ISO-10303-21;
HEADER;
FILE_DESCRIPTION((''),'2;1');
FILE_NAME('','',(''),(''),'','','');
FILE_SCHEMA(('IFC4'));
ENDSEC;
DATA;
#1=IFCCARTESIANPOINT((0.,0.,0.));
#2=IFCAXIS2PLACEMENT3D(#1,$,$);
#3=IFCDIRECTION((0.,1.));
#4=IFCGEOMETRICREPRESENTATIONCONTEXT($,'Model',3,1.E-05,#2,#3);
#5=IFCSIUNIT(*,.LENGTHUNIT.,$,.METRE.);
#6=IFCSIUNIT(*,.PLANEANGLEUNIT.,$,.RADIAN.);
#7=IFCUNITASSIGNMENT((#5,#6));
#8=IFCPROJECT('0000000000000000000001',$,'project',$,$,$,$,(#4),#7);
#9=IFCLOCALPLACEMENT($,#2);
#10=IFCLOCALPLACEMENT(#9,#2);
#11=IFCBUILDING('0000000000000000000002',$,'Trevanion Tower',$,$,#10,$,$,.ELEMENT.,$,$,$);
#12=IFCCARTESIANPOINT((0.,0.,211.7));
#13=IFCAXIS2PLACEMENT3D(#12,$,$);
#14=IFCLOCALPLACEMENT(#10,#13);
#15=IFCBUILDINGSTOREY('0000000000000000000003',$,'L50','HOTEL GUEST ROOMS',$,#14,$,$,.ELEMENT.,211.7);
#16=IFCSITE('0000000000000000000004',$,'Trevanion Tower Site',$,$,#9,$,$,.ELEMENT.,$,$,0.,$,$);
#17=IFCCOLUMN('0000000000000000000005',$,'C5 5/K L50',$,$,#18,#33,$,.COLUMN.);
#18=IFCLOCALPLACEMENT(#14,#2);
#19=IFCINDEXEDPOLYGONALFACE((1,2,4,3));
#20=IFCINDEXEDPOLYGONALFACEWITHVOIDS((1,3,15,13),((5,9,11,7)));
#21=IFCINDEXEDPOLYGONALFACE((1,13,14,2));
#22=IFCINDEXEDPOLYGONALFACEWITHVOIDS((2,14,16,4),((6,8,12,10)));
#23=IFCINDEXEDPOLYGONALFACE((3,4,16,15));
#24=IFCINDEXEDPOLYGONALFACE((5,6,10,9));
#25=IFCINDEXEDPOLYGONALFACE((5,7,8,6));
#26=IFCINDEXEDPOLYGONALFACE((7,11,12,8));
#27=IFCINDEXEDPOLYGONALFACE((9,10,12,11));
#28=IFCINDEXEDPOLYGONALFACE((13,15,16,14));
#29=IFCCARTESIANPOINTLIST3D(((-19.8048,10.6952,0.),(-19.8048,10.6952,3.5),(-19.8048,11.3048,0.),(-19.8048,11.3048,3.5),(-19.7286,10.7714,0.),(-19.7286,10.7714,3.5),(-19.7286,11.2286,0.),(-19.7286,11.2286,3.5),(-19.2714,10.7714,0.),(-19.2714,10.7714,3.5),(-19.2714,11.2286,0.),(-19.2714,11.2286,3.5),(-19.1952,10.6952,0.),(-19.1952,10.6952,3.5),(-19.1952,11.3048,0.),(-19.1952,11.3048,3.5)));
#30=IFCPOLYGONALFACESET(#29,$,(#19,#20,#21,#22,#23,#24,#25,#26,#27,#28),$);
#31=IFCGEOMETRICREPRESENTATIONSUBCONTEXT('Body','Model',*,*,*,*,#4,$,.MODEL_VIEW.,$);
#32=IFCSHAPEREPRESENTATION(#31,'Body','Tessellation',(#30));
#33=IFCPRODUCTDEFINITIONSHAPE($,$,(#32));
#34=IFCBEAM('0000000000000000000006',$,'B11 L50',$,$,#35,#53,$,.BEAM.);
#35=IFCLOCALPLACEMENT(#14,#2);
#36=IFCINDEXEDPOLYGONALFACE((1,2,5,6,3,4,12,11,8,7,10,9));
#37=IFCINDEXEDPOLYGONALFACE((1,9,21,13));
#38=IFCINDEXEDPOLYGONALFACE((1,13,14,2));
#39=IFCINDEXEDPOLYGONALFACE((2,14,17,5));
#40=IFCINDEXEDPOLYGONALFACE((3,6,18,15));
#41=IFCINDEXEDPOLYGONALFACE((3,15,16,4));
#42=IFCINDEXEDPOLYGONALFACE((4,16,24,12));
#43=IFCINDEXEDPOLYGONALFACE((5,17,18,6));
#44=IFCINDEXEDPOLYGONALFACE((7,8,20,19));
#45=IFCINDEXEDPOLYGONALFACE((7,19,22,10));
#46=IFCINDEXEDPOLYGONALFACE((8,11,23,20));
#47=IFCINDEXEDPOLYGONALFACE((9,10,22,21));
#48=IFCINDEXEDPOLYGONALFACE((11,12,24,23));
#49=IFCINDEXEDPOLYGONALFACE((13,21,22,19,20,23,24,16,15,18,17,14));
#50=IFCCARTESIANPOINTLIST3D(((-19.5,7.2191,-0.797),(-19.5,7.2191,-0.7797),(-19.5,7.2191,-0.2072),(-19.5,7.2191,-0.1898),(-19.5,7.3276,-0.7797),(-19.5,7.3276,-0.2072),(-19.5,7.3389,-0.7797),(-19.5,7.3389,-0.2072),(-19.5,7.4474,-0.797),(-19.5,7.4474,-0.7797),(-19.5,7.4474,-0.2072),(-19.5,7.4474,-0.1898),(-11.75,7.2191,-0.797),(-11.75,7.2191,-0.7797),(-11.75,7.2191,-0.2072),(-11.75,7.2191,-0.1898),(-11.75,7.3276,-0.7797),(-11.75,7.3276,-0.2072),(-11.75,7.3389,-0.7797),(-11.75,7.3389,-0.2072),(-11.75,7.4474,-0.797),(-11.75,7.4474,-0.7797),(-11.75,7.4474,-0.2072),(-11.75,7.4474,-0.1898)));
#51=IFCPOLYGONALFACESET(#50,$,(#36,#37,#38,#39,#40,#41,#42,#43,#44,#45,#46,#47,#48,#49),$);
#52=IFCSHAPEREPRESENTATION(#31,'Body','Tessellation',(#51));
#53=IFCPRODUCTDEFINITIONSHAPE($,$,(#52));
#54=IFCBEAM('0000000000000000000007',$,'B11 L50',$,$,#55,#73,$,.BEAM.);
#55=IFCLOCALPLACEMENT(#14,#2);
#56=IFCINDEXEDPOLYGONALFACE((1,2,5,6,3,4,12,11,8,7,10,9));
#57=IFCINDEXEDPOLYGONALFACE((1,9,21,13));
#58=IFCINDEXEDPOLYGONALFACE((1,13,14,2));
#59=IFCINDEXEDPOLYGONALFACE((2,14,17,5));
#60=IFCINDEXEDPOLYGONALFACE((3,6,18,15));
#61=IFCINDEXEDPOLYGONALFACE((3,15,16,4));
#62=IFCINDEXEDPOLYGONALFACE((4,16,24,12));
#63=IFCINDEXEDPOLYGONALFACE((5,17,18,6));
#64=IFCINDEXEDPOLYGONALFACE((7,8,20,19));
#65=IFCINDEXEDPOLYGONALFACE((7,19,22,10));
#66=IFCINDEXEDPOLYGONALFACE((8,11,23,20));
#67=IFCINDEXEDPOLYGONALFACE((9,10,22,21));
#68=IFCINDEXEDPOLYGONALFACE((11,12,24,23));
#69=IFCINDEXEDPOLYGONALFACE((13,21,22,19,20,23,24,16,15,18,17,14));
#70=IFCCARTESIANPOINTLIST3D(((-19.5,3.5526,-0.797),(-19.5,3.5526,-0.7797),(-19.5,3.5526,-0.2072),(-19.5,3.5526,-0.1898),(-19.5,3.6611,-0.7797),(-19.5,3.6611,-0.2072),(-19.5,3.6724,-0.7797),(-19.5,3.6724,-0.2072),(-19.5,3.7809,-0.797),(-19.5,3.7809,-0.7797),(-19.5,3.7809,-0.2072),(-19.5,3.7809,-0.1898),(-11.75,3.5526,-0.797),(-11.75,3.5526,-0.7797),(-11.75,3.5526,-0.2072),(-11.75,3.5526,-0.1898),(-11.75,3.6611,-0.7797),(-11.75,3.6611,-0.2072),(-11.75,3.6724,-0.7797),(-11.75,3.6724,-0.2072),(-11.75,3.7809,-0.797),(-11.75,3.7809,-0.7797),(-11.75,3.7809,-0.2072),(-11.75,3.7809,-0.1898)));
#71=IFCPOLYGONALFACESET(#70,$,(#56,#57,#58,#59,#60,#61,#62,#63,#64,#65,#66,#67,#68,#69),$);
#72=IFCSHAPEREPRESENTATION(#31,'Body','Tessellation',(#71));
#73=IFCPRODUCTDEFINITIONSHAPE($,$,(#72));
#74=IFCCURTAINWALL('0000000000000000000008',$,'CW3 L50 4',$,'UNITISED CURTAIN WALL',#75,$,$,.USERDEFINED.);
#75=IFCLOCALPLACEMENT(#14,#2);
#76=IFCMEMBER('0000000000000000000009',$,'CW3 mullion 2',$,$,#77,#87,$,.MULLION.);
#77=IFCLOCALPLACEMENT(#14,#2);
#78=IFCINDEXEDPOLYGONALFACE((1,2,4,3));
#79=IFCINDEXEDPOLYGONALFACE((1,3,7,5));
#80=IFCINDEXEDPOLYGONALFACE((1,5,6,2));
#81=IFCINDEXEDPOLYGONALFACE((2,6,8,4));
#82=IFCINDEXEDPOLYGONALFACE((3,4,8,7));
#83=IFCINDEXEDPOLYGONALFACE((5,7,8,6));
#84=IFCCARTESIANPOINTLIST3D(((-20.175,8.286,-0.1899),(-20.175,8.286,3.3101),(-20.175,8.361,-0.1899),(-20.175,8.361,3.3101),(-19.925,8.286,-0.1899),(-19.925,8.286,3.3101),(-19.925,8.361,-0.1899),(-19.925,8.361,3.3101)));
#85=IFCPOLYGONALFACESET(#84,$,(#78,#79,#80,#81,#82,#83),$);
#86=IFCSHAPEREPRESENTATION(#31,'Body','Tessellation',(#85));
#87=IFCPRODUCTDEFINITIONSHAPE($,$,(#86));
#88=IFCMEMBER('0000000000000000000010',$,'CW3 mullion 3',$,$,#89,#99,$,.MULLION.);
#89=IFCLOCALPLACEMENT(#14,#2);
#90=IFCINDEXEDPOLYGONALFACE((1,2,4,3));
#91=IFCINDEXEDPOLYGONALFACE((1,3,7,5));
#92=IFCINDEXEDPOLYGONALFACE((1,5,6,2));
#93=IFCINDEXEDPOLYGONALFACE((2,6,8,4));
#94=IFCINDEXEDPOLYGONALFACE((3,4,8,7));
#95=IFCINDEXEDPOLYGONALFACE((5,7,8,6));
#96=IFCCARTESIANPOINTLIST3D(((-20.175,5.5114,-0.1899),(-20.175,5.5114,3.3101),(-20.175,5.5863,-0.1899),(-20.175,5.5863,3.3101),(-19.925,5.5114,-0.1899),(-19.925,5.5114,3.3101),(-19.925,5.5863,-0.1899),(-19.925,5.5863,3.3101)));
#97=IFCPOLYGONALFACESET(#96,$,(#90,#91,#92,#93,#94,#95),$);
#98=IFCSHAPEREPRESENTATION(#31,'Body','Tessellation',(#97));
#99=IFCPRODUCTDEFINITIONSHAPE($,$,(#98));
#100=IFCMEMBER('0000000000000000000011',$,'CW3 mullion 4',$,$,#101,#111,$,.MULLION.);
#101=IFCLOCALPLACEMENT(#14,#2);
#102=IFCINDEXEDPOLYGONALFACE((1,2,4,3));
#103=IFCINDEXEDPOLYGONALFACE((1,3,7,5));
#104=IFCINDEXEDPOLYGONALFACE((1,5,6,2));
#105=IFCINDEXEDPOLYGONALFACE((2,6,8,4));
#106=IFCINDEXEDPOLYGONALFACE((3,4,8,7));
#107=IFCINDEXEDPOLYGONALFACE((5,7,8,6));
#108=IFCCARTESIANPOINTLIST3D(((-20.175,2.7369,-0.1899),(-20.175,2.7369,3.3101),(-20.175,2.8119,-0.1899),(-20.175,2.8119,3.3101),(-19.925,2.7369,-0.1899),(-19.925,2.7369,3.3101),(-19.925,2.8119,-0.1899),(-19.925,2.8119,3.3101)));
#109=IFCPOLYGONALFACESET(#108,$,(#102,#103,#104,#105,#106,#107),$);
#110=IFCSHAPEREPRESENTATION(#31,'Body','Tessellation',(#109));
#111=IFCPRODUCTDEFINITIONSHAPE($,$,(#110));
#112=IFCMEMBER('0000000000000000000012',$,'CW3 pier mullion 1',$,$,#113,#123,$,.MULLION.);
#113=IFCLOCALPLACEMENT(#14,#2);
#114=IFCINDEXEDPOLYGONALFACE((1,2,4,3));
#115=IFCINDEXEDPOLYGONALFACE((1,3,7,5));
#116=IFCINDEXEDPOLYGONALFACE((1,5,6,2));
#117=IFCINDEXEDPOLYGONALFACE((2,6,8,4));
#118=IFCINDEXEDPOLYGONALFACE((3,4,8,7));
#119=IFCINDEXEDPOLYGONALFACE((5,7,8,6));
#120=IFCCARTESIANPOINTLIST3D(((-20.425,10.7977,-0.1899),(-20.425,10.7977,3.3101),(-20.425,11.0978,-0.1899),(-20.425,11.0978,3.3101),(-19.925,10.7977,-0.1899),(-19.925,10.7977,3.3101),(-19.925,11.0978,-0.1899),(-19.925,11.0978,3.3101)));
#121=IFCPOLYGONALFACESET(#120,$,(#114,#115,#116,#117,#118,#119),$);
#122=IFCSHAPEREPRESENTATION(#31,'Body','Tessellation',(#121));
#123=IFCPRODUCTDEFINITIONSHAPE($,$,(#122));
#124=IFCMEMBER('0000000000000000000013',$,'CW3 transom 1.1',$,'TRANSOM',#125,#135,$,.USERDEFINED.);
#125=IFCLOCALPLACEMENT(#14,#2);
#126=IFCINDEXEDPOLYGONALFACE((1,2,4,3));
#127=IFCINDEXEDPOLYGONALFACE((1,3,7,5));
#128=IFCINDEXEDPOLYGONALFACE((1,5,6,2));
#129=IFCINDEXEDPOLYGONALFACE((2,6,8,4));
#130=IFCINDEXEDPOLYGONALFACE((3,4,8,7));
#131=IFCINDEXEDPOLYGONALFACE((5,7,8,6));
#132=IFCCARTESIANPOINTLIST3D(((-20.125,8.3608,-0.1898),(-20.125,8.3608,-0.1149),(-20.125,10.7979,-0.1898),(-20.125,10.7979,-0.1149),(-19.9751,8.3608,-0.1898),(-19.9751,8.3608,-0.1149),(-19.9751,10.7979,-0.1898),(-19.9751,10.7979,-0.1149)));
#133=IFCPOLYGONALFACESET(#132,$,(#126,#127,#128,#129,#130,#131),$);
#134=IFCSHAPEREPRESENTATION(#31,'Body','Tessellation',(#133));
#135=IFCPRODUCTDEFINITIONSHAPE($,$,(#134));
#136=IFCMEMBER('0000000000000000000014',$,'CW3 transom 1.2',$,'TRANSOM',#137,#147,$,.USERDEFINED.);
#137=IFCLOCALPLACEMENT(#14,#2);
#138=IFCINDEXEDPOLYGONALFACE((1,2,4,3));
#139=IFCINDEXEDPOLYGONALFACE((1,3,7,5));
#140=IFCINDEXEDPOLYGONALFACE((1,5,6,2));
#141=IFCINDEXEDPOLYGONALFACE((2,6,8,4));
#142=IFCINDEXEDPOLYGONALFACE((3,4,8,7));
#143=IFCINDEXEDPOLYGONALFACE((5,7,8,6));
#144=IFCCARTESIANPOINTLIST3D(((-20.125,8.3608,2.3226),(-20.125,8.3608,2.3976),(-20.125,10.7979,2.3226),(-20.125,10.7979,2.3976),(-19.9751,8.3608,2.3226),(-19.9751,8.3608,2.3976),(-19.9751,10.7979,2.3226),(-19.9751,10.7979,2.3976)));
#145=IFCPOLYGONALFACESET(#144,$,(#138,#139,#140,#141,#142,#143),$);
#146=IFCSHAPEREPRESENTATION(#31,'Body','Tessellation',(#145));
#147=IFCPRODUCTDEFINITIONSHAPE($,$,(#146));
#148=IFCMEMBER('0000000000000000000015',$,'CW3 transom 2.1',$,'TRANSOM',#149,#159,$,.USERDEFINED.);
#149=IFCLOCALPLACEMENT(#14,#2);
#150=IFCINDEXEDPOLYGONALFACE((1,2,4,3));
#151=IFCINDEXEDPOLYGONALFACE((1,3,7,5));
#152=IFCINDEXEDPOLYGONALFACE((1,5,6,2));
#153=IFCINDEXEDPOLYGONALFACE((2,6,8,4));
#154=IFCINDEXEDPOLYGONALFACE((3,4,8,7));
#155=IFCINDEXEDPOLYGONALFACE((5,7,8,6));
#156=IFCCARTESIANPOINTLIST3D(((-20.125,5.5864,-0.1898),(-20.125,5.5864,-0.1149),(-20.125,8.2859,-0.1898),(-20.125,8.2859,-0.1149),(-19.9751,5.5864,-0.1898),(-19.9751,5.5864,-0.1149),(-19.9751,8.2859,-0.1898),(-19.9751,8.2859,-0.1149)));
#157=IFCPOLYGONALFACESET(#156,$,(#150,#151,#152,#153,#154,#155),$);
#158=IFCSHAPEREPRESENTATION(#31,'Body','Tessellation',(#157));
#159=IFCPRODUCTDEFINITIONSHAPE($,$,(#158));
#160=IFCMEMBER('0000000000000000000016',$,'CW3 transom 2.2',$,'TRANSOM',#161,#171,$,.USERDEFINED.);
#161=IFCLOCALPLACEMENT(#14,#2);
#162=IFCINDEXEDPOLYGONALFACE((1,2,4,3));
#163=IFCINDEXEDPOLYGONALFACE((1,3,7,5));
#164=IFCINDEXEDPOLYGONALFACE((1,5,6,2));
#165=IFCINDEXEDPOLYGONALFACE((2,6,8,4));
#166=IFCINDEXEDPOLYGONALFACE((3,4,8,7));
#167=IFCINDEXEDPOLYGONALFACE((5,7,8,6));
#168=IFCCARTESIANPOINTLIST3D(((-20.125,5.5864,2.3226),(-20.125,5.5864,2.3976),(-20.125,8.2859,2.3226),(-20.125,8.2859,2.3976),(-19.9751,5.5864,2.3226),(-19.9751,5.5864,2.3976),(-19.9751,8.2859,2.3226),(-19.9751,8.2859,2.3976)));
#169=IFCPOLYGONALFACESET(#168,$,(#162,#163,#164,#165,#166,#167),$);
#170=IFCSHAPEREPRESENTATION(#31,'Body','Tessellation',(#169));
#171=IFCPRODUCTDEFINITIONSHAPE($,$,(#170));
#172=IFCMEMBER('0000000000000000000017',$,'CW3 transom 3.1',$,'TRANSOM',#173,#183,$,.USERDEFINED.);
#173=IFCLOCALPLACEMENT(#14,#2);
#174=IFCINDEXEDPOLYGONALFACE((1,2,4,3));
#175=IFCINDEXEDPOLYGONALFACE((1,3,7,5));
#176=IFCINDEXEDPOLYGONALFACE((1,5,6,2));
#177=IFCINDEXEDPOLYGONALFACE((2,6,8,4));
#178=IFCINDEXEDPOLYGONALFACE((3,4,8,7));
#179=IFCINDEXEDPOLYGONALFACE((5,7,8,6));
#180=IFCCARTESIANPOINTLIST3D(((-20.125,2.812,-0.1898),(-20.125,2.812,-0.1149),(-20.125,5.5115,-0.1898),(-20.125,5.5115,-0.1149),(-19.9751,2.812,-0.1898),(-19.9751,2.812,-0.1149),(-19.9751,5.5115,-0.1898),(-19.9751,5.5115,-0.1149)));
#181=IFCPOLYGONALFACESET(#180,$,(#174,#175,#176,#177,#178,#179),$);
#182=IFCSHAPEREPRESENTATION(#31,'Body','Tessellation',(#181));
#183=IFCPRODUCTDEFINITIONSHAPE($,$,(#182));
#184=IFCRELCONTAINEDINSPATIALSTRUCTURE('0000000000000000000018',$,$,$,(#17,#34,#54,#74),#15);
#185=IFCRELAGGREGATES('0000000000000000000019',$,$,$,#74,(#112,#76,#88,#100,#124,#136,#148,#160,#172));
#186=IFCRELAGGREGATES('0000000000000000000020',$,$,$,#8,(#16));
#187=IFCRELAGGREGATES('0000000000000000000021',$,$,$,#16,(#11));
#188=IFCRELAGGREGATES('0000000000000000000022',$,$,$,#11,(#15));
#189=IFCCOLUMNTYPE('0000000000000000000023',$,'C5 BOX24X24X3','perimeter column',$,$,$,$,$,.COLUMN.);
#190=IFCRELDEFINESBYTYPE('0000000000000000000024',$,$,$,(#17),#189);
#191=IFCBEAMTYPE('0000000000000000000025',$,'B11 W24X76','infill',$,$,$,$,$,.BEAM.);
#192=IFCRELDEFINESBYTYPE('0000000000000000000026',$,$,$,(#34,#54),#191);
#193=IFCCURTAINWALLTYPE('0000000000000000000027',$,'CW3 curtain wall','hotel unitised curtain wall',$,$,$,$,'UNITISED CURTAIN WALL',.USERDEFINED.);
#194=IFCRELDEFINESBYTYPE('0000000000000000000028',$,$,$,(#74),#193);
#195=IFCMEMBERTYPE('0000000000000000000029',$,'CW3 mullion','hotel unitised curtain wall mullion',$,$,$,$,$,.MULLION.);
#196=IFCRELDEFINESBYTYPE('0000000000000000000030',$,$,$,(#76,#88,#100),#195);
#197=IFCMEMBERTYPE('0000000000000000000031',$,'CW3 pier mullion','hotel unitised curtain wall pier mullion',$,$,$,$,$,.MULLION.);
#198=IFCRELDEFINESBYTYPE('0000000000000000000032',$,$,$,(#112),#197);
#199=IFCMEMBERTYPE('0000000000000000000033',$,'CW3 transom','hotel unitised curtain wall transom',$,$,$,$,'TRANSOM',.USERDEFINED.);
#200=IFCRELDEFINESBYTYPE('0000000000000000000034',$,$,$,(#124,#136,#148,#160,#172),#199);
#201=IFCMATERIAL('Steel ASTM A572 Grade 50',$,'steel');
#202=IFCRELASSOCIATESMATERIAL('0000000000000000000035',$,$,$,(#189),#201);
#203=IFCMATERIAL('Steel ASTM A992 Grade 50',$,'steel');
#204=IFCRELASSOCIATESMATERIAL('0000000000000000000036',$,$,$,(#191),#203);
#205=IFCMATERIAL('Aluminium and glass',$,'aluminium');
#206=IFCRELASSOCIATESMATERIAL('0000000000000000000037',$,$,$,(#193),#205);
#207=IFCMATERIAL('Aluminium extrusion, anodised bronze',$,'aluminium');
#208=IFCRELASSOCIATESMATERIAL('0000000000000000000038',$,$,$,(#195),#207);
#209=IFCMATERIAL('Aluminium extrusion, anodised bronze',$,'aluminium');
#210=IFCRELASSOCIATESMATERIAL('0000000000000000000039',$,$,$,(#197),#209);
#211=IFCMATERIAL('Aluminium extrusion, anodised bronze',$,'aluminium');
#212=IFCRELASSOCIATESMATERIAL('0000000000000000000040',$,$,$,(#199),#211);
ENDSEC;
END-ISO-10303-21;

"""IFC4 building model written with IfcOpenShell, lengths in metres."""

from ifc_helpers import new_model, si_unit, direction, frame, origin, origin_2d, place, context, subcontext, project, spatial, rectangle, hollow_rectangle, i_section, extrude, material, material_profile, profile_set, type_object, element, aggregate, save


model = new_model("IFC4")

# Units and contexts
model_context = context("Model", 3, precision=1e-05, world=origin(), true_north=direction((0.0, 1.0)))
body_context = subcontext(model_context, "Body", "Model", "MODEL_VIEW")
ifc_project = project(units=[si_unit("LENGTHUNIT", "METRE"), si_unit("PLANEANGLEUNIT", "RADIAN")], contexts=[model_context])

# Site, building, storey
site_placement = place(None, origin())
site = spatial("IfcSite", under=ifc_project, at=site_placement, Name="Trevanion Tower Site", CompositionType="ELEMENT", RefElevation=0.0)
building_placement = place(site_placement, origin())
building = spatial("IfcBuilding", under=site, at=building_placement, Name="Trevanion Tower", CompositionType="ELEMENT")
storey_placement = place(building_placement, frame((0.0, 0.0, 211.7)))
storey = spatial("IfcBuildingStorey", under=building, at=storey_placement, Name="L50", Description="HOTEL GUEST ROOMS", CompositionType="ELEMENT", Elevation=211.7)

# Column
ifc_material_1 = material(Name="Steel ASTM A572 Grade 50", Category="steel")
ifc_material_profile_1 = material_profile(ifc_material_1, hollow_rectangle(XDim=0.6096, YDim=0.6096, WallThickness=0.0762, at=origin_2d()), Name="BOX24X24X3")
ifc_profile_set_1 = profile_set([ifc_material_profile_1], Name="Steel ASTM A572 Grade 50")
column_type = type_object("IfcColumnType", Name="C5 BOX24X24X3", Description="perimeter column", PredefinedType="COLUMN", material=ifc_profile_set_1)
column_placement = place(storey_placement, frame((-19.5, 11.0, 0.0), z_axis=(0.0, 0.0, 1.0), x_axis=(0.0, 1.0, 0.0)))
element("IfcColumn", 1, at=column_placement, inside=storey, type_object=column_type, Name="C5 5/K L50", PredefinedType="COLUMN", context=body_context, shape_type="SweptSolid", body=[
    extrude(hollow_rectangle(XDim=0.6096, YDim=0.6096, WallThickness=0.0762, at=origin_2d()), origin(), (0.0, 0.0, 1.0), 3.5),
])

# Beams
ifc_material_2 = material(Name="Steel ASTM A992 Grade 50", Category="steel")
ifc_material_profile_2 = material_profile(ifc_material_2, i_section(OverallWidth=0.2283, OverallDepth=0.6072, WebThickness=0.0112, FlangeThickness=0.0173, at=origin_2d()), Name="W24X76")
ifc_profile_set_2 = profile_set([ifc_material_profile_2], Name="Steel ASTM A992 Grade 50")
beam_type_1 = type_object("IfcBeamType", Name="B11 W24X76", Description="infill", PredefinedType="BEAM", material=ifc_profile_set_2)
for number, where, z_axis, x_axis, name in (
    (2, (-11.75, 7.3333, -0.4934), (-1.0, 0.0, 0.0), (0.0, -1.0, 0.0), "B11 L50"),
    (3, (-11.75, 3.6667, -0.4934), (-1.0, 0.0, 0.0), (0.0, -1.0, 0.0), "B11 L50"),
):
    element("IfcBeam", number, at=place(storey_placement, frame(where, z_axis=z_axis, x_axis=x_axis)), inside=storey, type_object=beam_type_1, Name=name, PredefinedType="BEAM", context=body_context, shape_type="SweptSolid", body=[
        extrude(i_section(OverallWidth=0.2283, OverallDepth=0.6072, WebThickness=0.0112, FlangeThickness=0.0173, at=origin_2d()), origin(), (0.0, 0.0, 1.0), 7.75),
    ])

# Curtain wall, members
ifc_material_3 = material(Name="Aluminium and glass", Category="aluminium")
curtain_wall_type = type_object("IfcCurtainWallType", Name="CW3 curtain wall", Description="hotel unitised curtain wall", ElementType="UNITISED CURTAIN WALL", PredefinedType="USERDEFINED", material=ifc_material_3)
curtain_wall_placement = place(storey_placement, origin())
curtain_wall = element("IfcCurtainWall", 4, at=curtain_wall_placement, inside=storey, type_object=curtain_wall_type, Name="CW3 L50 4", ObjectType="UNITISED CURTAIN WALL", PredefinedType="USERDEFINED")
ifc_material_4 = material(Name="Aluminium extrusion, anodised bronze", Category="aluminium")
ifc_material_profile_3 = material_profile(ifc_material_4, rectangle(XDim=0.075, YDim=0.25, at=origin_2d()), Name="CW3 mullion")
ifc_profile_set_3 = profile_set([ifc_material_profile_3], Name="Aluminium extrusion, anodised bronze")
member_type_1 = type_object("IfcMemberType", Name="CW3 mullion", Description="hotel unitised curtain wall mullion", PredefinedType="MULLION", material=ifc_profile_set_3)
member_1_placement = place(storey_placement, frame((-20.05, 8.3235, -0.1899), z_axis=(0.0, 0.0, 1.0), x_axis=(0.0, -1.0, 0.0)))
member_1 = element("IfcMember", 5, at=member_1_placement, type_object=member_type_1, Name="CW3 mullion 2", PredefinedType="MULLION", context=body_context, shape_type="SweptSolid", body=[
    extrude(rectangle(XDim=0.075, YDim=0.25, at=origin_2d()), origin(), (0.0, 0.0, 1.0), 3.5),
])
member_2_placement = place(storey_placement, frame((-20.05, 5.5488, -0.1899), z_axis=(0.0, 0.0, 1.0), x_axis=(0.0, -1.0, 0.0)))
member_2 = element("IfcMember", 6, at=member_2_placement, type_object=member_type_1, Name="CW3 mullion 3", PredefinedType="MULLION", context=body_context, shape_type="SweptSolid", body=[
    extrude(rectangle(XDim=0.075, YDim=0.25, at=origin_2d()), origin(), (0.0, 0.0, 1.0), 3.5),
])
member_3_placement = place(storey_placement, frame((-20.05, 2.7744, -0.1899), z_axis=(0.0, 0.0, 1.0), x_axis=(0.0, -1.0, 0.0)))
member_3 = element("IfcMember", 7, at=member_3_placement, type_object=member_type_1, Name="CW3 mullion 4", PredefinedType="MULLION", context=body_context, shape_type="SweptSolid", body=[
    extrude(rectangle(XDim=0.075, YDim=0.25, at=origin_2d()), origin(), (0.0, 0.0, 1.0), 3.5),
])
ifc_material_5 = material(Name="Aluminium extrusion, anodised bronze", Category="aluminium")
ifc_material_profile_4 = material_profile(ifc_material_5, rectangle(XDim=0.3, YDim=0.5, at=origin_2d()), Name="CW3 pier mullion")
ifc_profile_set_4 = profile_set([ifc_material_profile_4], Name="Aluminium extrusion, anodised bronze")
member_type_2 = type_object("IfcMemberType", Name="CW3 pier mullion", Description="hotel unitised curtain wall pier mullion", PredefinedType="MULLION", material=ifc_profile_set_4)
member_4_placement = place(storey_placement, frame((-20.175, 10.9478, -0.1899), z_axis=(0.0, 0.0, 1.0), x_axis=(0.0, -1.0, 0.0)))
member_4 = element("IfcMember", 8, at=member_4_placement, type_object=member_type_2, Name="CW3 pier mullion 1", PredefinedType="MULLION", context=body_context, shape_type="SweptSolid", body=[
    extrude(rectangle(XDim=0.3, YDim=0.5, at=origin_2d()), origin(), (0.0, 0.0, 1.0), 3.5),
])
ifc_material_6 = material(Name="Aluminium extrusion, anodised bronze", Category="aluminium")
ifc_material_profile_5 = material_profile(ifc_material_6, rectangle(XDim=0.1499, YDim=0.075, at=origin_2d()), Name="CW3 transom")
ifc_profile_set_5 = profile_set([ifc_material_profile_5], Name="Aluminium extrusion, anodised bronze")
member_type_3 = type_object("IfcMemberType", Name="CW3 transom", Description="hotel unitised curtain wall transom", ElementType="TRANSOM", PredefinedType="USERDEFINED", material=ifc_profile_set_5)
member_5_placement = place(storey_placement, frame((-20.05, 10.7979, -0.1523), z_axis=(0.0, -1.0, 0.0), x_axis=(1.0, 0.0, 0.0)))
member_5 = element("IfcMember", 9, at=member_5_placement, type_object=member_type_3, Name="CW3 transom 1.1", ObjectType="TRANSOM", PredefinedType="USERDEFINED", context=body_context, shape_type="SweptSolid", body=[
    extrude(rectangle(XDim=0.1499, YDim=0.075, at=origin_2d()), origin(), (0.0, 0.0, 1.0), 2.437),
])
member_6_placement = place(storey_placement, frame((-20.05, 10.7979, 2.3601), z_axis=(0.0, -1.0, 0.0), x_axis=(1.0, 0.0, 0.0)))
member_6 = element("IfcMember", 10, at=member_6_placement, type_object=member_type_3, Name="CW3 transom 1.2", ObjectType="TRANSOM", PredefinedType="USERDEFINED", context=body_context, shape_type="SweptSolid", body=[
    extrude(rectangle(XDim=0.1499, YDim=0.075, at=origin_2d()), origin(), (0.0, 0.0, 1.0), 2.437),
])
member_7_placement = place(storey_placement, frame((-20.05, 8.2859, -0.1523), z_axis=(0.0, -1.0, 0.0), x_axis=(1.0, 0.0, 0.0)))
member_7 = element("IfcMember", 11, at=member_7_placement, type_object=member_type_3, Name="CW3 transom 2.1", ObjectType="TRANSOM", PredefinedType="USERDEFINED", context=body_context, shape_type="SweptSolid", body=[
    extrude(rectangle(XDim=0.1499, YDim=0.075, at=origin_2d()), origin(), (0.0, 0.0, 1.0), 2.6995),
])
member_8_placement = place(storey_placement, frame((-20.05, 8.2859, 2.3601), z_axis=(0.0, -1.0, 0.0), x_axis=(1.0, 0.0, 0.0)))
member_8 = element("IfcMember", 12, at=member_8_placement, type_object=member_type_3, Name="CW3 transom 2.2", ObjectType="TRANSOM", PredefinedType="USERDEFINED", context=body_context, shape_type="SweptSolid", body=[
    extrude(rectangle(XDim=0.1499, YDim=0.075, at=origin_2d()), origin(), (0.0, 0.0, 1.0), 2.6995),
])
member_9_placement = place(storey_placement, frame((-20.05, 5.5115, -0.1523), z_axis=(0.0, -1.0, 0.0), x_axis=(1.0, 0.0, 0.0)))
member_9 = element("IfcMember", 13, at=member_9_placement, type_object=member_type_3, Name="CW3 transom 3.1", ObjectType="TRANSOM", PredefinedType="USERDEFINED", context=body_context, shape_type="SweptSolid", body=[
    extrude(rectangle(XDim=0.1499, YDim=0.075, at=origin_2d()), origin(), (0.0, 0.0, 1.0), 2.6995),
])

aggregate(curtain_wall, [member_4, member_1, member_2, member_3, member_5, member_6, member_7, member_8, member_9])

save(model, "model.ifc")
